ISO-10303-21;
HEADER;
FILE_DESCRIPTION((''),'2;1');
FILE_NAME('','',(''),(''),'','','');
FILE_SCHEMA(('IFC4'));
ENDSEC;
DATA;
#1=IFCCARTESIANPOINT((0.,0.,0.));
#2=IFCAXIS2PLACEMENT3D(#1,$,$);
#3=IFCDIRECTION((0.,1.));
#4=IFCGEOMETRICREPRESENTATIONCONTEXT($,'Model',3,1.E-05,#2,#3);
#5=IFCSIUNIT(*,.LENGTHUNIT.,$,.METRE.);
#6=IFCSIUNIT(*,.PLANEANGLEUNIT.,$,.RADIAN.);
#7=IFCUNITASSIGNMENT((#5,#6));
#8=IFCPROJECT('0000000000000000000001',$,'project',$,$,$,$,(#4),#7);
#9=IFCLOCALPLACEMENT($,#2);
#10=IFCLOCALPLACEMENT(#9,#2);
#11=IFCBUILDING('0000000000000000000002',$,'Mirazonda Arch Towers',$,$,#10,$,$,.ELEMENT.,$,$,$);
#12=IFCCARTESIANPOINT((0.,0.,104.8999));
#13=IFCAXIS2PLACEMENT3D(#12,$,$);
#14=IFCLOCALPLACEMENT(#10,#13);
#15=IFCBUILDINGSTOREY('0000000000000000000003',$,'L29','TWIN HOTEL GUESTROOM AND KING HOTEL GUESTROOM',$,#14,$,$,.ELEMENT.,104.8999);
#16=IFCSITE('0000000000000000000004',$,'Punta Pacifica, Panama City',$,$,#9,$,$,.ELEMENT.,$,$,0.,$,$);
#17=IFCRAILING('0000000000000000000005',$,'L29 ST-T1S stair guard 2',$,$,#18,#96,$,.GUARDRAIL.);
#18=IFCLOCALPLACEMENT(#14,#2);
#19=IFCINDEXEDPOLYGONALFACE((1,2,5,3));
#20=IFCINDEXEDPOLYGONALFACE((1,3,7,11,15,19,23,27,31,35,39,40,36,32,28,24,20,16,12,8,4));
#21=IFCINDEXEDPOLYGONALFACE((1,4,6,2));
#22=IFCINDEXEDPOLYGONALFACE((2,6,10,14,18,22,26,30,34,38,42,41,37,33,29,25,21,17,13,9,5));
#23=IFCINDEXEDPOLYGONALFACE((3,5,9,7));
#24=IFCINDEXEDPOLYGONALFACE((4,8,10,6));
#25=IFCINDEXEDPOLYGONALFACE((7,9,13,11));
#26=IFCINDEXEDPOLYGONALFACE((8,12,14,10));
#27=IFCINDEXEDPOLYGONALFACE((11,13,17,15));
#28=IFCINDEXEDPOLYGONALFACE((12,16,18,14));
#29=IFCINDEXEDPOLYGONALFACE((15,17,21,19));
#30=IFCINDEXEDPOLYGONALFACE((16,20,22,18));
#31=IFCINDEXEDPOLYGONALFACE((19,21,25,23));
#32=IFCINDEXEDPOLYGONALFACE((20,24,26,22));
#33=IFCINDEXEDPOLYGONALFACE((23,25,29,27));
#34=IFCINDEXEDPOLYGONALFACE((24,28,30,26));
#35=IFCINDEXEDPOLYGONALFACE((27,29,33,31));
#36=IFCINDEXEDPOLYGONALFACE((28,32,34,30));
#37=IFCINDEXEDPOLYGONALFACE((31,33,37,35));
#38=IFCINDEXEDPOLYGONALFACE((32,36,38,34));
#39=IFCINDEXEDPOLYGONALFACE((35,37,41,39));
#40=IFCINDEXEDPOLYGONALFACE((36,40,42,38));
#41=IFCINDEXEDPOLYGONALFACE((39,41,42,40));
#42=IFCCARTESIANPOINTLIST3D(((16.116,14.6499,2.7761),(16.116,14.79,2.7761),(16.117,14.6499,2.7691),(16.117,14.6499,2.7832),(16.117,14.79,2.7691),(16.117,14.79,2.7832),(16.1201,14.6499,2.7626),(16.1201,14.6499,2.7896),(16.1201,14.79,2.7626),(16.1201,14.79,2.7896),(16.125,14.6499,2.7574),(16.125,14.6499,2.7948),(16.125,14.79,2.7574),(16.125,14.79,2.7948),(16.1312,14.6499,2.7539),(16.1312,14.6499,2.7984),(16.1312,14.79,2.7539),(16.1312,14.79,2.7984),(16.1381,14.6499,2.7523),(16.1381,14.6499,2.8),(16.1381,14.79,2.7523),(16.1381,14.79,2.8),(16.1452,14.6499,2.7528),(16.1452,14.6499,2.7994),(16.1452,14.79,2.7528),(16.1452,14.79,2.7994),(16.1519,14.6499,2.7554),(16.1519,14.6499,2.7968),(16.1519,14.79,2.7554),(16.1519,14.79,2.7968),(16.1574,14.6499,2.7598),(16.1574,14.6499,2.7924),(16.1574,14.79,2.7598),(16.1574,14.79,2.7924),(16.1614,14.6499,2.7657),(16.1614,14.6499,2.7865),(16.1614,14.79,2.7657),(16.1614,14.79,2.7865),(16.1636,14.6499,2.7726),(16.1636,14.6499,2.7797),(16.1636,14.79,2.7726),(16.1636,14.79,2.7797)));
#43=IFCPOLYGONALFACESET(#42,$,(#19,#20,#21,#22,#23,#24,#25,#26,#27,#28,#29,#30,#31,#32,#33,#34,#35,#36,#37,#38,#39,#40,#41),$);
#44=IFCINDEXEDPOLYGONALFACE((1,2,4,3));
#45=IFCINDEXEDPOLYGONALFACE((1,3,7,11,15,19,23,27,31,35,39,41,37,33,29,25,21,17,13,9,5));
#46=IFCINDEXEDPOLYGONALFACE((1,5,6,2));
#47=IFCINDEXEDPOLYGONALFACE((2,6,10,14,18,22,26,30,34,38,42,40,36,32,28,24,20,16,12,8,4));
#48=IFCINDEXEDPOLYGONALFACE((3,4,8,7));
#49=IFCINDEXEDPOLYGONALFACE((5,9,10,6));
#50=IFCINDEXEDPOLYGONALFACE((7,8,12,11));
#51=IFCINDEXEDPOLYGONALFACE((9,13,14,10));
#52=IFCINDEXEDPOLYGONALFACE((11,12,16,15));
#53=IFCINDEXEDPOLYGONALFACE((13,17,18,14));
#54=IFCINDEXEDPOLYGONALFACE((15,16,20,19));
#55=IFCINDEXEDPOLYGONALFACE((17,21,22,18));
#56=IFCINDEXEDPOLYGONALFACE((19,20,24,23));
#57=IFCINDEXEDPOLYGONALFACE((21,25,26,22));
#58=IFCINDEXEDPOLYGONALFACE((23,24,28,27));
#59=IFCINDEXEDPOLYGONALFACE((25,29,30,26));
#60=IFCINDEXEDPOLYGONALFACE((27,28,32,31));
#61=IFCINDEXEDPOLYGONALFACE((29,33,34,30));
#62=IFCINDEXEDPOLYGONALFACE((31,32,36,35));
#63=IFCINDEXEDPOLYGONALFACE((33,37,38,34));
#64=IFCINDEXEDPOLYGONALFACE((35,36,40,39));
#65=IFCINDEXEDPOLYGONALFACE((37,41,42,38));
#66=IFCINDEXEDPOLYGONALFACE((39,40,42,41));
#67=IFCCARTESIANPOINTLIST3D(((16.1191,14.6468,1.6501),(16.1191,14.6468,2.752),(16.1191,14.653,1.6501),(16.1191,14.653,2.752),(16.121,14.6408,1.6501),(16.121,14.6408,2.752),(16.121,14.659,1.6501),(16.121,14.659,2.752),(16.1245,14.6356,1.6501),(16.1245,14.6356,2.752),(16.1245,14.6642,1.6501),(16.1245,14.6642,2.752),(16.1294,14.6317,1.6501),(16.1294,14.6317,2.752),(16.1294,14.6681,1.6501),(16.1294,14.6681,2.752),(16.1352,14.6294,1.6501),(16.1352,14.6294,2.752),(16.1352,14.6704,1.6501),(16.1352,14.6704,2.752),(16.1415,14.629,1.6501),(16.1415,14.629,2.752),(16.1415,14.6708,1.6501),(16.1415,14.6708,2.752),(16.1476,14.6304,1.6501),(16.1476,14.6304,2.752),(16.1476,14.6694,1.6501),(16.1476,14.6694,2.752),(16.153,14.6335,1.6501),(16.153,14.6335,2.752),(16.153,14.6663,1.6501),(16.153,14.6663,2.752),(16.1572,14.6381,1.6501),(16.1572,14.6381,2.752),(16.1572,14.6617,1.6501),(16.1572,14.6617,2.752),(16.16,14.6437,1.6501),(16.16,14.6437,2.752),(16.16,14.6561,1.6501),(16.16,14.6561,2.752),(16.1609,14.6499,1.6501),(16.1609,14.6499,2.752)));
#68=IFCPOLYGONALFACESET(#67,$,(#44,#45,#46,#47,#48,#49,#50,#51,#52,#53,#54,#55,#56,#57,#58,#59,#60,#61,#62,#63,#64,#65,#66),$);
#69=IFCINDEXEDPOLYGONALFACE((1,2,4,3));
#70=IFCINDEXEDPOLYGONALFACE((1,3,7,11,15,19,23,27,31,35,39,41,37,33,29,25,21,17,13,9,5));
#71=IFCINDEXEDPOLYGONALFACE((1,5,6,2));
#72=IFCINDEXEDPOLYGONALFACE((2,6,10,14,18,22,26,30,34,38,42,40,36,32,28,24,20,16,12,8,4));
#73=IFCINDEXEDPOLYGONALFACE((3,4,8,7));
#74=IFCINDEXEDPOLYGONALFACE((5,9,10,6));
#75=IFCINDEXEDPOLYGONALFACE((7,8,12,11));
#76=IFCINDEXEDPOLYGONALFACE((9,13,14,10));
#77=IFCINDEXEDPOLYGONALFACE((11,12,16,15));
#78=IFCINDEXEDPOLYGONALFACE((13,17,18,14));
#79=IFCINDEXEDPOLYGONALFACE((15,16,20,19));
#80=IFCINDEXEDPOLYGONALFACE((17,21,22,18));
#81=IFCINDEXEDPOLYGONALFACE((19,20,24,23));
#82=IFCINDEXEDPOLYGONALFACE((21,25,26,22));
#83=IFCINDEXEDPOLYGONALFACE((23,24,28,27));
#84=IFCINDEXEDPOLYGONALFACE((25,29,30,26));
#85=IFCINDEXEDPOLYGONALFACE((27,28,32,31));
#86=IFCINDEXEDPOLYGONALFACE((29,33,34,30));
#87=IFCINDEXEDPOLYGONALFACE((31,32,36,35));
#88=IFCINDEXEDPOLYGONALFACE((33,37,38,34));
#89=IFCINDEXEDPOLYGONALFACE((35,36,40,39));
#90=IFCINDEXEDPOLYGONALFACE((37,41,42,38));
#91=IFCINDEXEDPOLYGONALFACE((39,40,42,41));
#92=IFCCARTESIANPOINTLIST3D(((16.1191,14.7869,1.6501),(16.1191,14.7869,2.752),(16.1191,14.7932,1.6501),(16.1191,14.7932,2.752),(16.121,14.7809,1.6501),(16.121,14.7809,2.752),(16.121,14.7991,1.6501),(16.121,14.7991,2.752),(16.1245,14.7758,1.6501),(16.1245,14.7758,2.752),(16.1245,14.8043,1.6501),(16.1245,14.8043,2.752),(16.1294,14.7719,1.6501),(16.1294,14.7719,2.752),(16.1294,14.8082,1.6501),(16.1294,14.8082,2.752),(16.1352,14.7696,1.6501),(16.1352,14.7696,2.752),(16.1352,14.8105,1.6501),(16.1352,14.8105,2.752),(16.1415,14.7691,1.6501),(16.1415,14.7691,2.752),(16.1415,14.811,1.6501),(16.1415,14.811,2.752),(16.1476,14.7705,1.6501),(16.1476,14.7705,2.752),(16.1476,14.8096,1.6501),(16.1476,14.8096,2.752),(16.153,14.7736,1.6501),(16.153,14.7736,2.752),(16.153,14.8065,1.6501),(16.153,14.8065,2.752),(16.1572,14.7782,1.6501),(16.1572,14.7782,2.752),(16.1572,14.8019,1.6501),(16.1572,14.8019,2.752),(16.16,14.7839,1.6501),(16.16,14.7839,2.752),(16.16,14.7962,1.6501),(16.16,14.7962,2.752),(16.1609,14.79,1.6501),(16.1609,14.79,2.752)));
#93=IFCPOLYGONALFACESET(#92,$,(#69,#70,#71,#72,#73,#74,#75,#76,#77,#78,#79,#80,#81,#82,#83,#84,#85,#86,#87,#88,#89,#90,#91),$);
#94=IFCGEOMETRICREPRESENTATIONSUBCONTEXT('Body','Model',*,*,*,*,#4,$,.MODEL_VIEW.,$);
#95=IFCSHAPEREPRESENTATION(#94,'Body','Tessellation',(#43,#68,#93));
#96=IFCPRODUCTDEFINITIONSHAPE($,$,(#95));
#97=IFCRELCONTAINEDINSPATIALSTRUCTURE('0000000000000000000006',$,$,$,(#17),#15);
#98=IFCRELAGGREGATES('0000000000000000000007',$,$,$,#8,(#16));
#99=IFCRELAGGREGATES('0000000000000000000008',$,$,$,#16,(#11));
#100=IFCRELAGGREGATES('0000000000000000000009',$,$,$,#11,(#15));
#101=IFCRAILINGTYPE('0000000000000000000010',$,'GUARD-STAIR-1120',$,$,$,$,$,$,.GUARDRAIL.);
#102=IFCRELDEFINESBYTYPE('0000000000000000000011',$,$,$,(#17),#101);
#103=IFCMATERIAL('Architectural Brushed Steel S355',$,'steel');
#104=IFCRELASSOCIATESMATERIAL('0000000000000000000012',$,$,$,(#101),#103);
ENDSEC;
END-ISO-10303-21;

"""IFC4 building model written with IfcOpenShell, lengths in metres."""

from ifc_helpers import new_model, si_unit, direction, frame, origin, origin_2d, place, context, subcontext, project, spatial, circle, extrude, material, type_object, element, save


model = new_model("IFC4")

# Units and contexts
model_context = context("Model", 3, precision=1e-05, world=origin(), true_north=direction((0.0, 1.0)))
body_context = subcontext(model_context, "Body", "Model", "MODEL_VIEW")
ifc_project = project(units=[si_unit("LENGTHUNIT", "METRE"), si_unit("PLANEANGLEUNIT", "RADIAN")], contexts=[model_context])

# Site, building, storey
site_placement = place(None, origin())
site = spatial("IfcSite", under=ifc_project, at=site_placement, Name="Punta Pacifica, Panama City", CompositionType="ELEMENT", RefElevation=0.0)
building_placement = place(site_placement, origin())
building = spatial("IfcBuilding", under=site, at=building_placement, Name="Mirazonda Arch Towers", CompositionType="ELEMENT")
storey_placement = place(building_placement, frame((0.0, 0.0, 104.8999)))
storey = spatial("IfcBuildingStorey", under=building, at=storey_placement, Name="L29", Description="TWIN HOTEL GUESTROOM AND KING HOTEL GUESTROOM", CompositionType="ELEMENT", Elevation=104.8999)

# Shared definitions
ifc_material_1 = material(Name="Architectural Brushed Steel S355", Category="steel")

# Railing
railing_type_1 = type_object("IfcRailingType", Name="GUARD-STAIR-1120", PredefinedType="GUARDRAIL", material=ifc_material_1)
railing_1_placement = place(storey_placement, frame((16.1399, 14.6499, 1.6501)))
element("IfcRailing", 1, at=railing_1_placement, inside=storey, type_object=railing_type_1, Name="L29 ST-T1S stair guard 2", PredefinedType="GUARDRAIL", context=body_context, shape_type="SweptSolid", body=[
    extrude(circle(Radius=0.0239, at=origin_2d()), frame((0.0, 0.0, 1.126), z_axis=(0.0, 1.0, 0.0), x_axis=(-1.0, 0.0, 0.0)), (0.0, 0.0, 1.0), 0.1401),
    extrude(circle(Radius=0.021, at=origin_2d()), origin(), (0.0, 0.0, 1.0), 1.1018),
    extrude(circle(Radius=0.021, at=origin_2d()), frame((0.0, 0.1401, 0.0)), (0.0, 0.0, 1.0), 1.1018),
])

save(model, "model.ifc")
